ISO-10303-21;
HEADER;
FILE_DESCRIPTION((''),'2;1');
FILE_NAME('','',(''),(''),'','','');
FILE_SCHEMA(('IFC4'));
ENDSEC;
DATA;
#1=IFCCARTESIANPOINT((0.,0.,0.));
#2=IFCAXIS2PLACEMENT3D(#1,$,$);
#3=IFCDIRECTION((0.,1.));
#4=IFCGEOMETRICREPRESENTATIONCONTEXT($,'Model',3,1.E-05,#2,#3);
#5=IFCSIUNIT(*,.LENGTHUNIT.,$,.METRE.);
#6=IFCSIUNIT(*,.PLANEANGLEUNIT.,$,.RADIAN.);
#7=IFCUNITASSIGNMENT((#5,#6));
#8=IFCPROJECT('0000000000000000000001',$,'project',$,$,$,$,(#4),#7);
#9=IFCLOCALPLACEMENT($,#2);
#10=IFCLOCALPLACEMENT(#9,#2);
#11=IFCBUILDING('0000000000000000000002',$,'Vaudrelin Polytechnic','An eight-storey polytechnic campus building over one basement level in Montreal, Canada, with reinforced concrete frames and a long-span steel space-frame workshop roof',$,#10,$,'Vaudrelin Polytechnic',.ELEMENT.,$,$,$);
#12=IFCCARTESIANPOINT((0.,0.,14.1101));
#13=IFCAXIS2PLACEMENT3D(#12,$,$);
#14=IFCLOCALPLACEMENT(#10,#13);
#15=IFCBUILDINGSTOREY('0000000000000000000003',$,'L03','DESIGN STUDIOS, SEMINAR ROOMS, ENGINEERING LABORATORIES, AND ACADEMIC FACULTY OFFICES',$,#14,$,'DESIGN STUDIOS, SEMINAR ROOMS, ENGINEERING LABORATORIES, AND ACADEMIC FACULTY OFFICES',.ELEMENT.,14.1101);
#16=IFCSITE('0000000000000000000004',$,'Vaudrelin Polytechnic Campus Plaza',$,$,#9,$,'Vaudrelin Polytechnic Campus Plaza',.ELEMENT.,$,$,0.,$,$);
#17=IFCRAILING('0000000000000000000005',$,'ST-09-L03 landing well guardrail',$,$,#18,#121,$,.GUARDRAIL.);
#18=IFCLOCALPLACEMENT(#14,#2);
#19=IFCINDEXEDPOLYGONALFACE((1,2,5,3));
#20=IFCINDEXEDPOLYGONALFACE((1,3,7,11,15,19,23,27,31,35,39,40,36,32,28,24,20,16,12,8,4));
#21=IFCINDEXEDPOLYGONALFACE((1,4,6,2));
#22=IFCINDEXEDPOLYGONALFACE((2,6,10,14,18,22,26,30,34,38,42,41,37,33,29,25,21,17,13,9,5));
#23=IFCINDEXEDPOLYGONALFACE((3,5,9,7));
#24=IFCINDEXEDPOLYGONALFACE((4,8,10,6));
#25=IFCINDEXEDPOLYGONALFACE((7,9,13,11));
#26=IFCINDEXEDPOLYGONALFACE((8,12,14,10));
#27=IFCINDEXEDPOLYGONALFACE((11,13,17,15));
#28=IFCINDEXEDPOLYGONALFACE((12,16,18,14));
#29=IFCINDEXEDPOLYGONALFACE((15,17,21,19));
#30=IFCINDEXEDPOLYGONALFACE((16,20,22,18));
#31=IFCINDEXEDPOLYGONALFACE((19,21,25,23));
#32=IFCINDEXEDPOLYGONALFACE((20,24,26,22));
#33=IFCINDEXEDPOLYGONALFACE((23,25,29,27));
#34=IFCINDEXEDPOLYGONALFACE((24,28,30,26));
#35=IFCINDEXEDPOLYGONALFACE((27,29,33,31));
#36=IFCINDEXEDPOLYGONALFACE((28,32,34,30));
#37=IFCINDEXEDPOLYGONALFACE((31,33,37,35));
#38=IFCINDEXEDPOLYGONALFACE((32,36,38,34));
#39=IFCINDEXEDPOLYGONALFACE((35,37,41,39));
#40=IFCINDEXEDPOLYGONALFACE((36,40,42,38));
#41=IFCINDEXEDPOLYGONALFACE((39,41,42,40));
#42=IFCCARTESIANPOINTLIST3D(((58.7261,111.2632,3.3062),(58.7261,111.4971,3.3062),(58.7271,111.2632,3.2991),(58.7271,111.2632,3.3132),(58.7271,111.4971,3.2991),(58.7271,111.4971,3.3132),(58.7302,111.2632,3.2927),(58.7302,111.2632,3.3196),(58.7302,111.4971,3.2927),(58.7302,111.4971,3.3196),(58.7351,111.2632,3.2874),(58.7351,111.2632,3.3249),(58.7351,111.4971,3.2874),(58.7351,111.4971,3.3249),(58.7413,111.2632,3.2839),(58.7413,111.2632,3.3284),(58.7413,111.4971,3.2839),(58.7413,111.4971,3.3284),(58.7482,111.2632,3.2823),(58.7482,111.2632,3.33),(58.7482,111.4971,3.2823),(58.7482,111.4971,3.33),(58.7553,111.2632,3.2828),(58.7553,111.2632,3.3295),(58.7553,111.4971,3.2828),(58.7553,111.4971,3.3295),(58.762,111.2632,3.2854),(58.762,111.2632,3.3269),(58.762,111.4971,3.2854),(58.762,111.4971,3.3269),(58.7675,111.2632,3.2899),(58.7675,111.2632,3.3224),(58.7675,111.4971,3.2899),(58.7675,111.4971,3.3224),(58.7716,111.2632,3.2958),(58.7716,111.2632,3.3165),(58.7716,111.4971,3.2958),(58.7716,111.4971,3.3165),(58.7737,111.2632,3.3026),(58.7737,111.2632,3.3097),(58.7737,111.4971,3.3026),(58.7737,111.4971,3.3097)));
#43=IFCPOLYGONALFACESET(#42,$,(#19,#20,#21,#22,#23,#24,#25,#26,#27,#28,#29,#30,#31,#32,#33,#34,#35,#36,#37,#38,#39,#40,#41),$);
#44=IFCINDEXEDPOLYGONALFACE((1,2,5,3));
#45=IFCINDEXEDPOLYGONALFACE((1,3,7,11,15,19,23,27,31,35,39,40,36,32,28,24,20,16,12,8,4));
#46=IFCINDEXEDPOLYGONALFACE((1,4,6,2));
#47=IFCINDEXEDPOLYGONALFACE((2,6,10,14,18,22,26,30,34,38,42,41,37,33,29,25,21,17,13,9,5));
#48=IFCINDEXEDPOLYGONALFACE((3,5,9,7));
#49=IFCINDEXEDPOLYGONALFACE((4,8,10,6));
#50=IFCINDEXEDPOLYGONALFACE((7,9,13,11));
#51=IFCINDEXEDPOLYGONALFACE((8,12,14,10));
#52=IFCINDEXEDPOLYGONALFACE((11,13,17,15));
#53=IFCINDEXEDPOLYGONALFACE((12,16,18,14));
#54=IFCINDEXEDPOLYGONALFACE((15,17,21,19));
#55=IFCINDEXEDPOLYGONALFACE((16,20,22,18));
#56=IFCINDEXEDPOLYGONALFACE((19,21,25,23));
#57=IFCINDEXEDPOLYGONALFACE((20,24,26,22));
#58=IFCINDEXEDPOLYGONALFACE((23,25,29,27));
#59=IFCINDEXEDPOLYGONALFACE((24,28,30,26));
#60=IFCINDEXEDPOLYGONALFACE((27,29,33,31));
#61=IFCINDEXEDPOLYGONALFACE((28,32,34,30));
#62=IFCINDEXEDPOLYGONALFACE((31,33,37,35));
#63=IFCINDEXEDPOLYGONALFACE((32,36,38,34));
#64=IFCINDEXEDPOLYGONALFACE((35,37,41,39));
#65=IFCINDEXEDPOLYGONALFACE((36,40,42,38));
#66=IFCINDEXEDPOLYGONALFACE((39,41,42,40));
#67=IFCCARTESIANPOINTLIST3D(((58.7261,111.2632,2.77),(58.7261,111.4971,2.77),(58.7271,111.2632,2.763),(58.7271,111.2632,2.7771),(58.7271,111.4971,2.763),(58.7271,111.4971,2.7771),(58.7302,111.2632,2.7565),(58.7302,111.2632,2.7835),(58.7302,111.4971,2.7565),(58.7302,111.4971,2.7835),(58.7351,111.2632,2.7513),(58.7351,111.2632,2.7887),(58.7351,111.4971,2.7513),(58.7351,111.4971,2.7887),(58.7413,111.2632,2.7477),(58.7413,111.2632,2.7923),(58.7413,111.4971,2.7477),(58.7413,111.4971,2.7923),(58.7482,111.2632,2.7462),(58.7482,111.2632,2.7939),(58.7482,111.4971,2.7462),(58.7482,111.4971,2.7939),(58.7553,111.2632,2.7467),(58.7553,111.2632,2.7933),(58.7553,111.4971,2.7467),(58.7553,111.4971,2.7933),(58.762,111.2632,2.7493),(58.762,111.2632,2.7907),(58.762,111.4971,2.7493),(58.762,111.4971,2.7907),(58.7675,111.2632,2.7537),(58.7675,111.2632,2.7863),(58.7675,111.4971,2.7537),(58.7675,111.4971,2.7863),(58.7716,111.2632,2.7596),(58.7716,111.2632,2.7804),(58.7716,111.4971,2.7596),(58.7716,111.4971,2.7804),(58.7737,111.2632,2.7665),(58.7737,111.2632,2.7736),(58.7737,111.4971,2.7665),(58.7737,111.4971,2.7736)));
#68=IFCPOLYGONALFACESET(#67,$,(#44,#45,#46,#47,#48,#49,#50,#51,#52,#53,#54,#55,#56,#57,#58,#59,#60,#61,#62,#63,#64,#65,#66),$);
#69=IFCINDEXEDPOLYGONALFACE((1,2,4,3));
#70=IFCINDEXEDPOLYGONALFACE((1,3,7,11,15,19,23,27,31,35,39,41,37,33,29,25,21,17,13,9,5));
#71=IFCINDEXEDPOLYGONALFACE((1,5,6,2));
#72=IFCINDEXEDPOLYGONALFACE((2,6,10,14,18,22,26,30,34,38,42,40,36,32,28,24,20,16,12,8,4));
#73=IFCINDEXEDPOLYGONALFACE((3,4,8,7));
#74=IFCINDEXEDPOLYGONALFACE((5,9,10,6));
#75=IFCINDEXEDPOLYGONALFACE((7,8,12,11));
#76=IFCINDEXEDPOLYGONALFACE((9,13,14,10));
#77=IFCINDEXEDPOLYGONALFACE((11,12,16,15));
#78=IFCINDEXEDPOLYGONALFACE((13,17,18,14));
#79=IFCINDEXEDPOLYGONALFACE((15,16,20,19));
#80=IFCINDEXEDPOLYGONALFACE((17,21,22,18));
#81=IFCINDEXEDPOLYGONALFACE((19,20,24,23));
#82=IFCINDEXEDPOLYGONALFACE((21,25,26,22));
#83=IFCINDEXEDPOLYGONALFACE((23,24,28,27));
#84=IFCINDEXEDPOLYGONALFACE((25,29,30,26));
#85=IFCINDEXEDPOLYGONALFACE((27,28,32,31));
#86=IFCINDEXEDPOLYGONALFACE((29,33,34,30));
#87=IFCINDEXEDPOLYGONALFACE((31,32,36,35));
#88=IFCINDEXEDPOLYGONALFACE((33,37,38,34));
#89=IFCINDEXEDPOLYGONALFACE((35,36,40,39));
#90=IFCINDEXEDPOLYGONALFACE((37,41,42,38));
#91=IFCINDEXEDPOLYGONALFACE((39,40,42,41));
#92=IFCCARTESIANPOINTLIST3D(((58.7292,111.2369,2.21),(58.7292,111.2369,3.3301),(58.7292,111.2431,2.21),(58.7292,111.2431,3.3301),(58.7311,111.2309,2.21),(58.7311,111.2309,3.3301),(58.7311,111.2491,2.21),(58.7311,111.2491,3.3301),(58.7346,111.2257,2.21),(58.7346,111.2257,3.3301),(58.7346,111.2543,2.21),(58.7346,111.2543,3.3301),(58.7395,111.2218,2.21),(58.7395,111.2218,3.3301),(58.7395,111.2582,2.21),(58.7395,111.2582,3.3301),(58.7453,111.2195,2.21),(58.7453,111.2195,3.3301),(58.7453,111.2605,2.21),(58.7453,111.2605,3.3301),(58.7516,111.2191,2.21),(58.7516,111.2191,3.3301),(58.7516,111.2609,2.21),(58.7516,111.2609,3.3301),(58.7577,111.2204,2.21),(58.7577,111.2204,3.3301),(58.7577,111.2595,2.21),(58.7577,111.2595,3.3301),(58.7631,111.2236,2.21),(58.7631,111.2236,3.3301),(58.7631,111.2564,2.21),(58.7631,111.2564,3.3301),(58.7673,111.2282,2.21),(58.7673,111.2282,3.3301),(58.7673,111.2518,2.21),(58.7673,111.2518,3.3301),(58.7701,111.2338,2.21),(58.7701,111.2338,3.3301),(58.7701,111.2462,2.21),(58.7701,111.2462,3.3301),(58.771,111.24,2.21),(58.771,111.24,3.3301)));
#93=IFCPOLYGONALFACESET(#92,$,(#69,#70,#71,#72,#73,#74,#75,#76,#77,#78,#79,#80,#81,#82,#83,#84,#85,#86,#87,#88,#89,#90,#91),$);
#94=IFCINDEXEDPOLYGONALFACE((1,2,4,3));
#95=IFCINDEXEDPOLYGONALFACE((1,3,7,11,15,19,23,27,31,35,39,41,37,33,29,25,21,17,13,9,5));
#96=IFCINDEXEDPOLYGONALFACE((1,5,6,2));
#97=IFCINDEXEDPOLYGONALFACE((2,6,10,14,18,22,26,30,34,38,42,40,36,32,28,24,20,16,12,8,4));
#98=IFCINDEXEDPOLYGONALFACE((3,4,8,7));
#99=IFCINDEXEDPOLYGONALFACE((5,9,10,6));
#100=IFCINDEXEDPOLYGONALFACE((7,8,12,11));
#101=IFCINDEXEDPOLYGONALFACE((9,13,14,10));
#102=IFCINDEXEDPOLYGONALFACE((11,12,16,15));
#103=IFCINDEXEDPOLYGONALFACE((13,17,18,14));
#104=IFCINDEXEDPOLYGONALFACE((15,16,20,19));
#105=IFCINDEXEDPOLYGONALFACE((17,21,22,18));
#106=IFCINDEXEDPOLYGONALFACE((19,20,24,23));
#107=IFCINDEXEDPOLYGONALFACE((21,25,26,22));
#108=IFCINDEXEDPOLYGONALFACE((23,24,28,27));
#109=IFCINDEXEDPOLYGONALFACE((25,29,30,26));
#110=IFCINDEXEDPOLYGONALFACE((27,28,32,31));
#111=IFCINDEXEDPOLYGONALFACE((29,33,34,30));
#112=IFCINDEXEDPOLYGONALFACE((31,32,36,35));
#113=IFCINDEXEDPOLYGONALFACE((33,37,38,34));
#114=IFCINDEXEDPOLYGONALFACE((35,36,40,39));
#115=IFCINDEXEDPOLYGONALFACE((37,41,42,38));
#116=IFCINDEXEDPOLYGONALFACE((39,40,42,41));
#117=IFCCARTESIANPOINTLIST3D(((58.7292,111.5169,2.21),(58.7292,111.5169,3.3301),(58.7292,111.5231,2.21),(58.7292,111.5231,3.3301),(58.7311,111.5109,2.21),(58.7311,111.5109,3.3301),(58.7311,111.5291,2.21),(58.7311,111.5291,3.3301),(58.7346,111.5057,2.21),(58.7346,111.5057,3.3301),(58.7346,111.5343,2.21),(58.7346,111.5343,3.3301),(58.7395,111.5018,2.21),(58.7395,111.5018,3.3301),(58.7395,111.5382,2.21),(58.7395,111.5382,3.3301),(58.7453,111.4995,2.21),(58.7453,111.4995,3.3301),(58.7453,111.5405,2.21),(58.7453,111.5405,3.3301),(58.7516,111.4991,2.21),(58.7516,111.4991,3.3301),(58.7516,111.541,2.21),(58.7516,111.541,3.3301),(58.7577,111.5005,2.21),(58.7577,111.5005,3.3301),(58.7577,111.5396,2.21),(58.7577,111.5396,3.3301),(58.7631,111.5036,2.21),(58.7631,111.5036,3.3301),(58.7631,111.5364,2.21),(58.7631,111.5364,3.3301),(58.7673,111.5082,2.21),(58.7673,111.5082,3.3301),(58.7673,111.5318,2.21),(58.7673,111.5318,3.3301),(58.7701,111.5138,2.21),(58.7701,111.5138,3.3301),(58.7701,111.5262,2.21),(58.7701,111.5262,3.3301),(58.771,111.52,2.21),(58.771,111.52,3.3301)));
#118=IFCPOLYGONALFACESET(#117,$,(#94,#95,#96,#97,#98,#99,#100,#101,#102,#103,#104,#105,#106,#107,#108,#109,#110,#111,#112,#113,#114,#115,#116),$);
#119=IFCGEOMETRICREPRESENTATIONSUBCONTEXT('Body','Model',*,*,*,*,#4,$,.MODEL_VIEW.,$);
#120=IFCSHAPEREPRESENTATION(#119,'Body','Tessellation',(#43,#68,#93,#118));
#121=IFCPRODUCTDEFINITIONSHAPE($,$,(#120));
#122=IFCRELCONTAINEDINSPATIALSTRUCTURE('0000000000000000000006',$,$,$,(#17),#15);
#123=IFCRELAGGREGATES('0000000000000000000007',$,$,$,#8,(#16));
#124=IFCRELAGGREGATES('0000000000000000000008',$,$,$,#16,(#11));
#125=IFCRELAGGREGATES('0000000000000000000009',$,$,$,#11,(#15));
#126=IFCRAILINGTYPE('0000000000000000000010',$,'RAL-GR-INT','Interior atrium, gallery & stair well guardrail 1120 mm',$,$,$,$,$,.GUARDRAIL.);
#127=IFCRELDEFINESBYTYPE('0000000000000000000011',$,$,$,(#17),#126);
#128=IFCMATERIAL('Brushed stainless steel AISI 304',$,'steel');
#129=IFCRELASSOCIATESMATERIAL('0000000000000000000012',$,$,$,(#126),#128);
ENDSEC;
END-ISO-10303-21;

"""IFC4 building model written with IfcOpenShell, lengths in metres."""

from ifc_helpers import new_model, si_unit, direction, frame, origin, origin_2d, place, context, subcontext, project, spatial, circle, extrude, material, type_object, element, save


model = new_model("IFC4")

# Units and contexts
model_context = context("Model", 3, precision=1e-05, world=origin(), true_north=direction((0.0, 1.0)))
body_context = subcontext(model_context, "Body", "Model", "MODEL_VIEW")
ifc_project = project(units=[si_unit("LENGTHUNIT", "METRE"), si_unit("PLANEANGLEUNIT", "RADIAN")], contexts=[model_context])

# Site, building, storey
site_placement = place(None, origin())
site = spatial("IfcSite", under=ifc_project, at=site_placement, Name="Vaudrelin Polytechnic Campus Plaza", LongName="Vaudrelin Polytechnic Campus Plaza", CompositionType="ELEMENT", RefElevation=0.0)
building_placement = place(site_placement, origin())
building = spatial("IfcBuilding", under=site, at=building_placement, Name="Vaudrelin Polytechnic", Description="An eight-storey polytechnic campus building over one basement level in Montreal, Canada, with reinforced concrete frames and a long-span steel space-frame workshop roof", LongName="Vaudrelin Polytechnic", CompositionType="ELEMENT")
storey_placement = place(building_placement, frame((0.0, 0.0, 14.1101)))
storey = spatial("IfcBuildingStorey", under=building, at=storey_placement, Name="L03", Description="DESIGN STUDIOS, SEMINAR ROOMS, ENGINEERING LABORATORIES, AND ACADEMIC FACULTY OFFICES", LongName="DESIGN STUDIOS, SEMINAR ROOMS, ENGINEERING LABORATORIES, AND ACADEMIC FACULTY OFFICES", CompositionType="ELEMENT", Elevation=14.1101)

# Railing
ifc_material_1 = material(Name="Brushed stainless steel AISI 304", Category="steel")
railing_type_1 = type_object("IfcRailingType", Name="RAL-GR-INT", Description="Interior atrium, gallery & stair well guardrail 1120 mm", PredefinedType="GUARDRAIL", material=ifc_material_1)
railing_1_placement = place(storey_placement, frame((58.75, 111.24, 2.21)))
element("IfcRailing", 1, at=railing_1_placement, inside=storey, type_object=railing_type_1, Name="ST-09-L03 landing well guardrail", PredefinedType="GUARDRAIL", context=body_context, shape_type="SweptSolid", body=[
    extrude(circle(Radius=0.0239, at=origin_2d()), frame((0.0, 0.0232, 1.0962), z_axis=(0.0, 1.0, 0.0), x_axis=(-1.0, 0.0, 0.0)), (0.0, 0.0, 1.0), 0.2339),
    extrude(circle(Radius=0.0239, at=origin_2d()), frame((0.0, 0.0232, 0.5601), z_axis=(0.0, 1.0, 0.0), x_axis=(-1.0, 0.0, 0.0)), (0.0, 0.0, 1.0), 0.2339),
    extrude(circle(Radius=0.021, at=origin_2d()), origin(), (0.0, 0.0, 1.0), 1.1201),
    extrude(circle(Radius=0.021, at=origin_2d()), frame((0.0, 0.28, 0.0)), (0.0, 0.0, 1.0), 1.1201),
])

save(model, "model.ifc")
